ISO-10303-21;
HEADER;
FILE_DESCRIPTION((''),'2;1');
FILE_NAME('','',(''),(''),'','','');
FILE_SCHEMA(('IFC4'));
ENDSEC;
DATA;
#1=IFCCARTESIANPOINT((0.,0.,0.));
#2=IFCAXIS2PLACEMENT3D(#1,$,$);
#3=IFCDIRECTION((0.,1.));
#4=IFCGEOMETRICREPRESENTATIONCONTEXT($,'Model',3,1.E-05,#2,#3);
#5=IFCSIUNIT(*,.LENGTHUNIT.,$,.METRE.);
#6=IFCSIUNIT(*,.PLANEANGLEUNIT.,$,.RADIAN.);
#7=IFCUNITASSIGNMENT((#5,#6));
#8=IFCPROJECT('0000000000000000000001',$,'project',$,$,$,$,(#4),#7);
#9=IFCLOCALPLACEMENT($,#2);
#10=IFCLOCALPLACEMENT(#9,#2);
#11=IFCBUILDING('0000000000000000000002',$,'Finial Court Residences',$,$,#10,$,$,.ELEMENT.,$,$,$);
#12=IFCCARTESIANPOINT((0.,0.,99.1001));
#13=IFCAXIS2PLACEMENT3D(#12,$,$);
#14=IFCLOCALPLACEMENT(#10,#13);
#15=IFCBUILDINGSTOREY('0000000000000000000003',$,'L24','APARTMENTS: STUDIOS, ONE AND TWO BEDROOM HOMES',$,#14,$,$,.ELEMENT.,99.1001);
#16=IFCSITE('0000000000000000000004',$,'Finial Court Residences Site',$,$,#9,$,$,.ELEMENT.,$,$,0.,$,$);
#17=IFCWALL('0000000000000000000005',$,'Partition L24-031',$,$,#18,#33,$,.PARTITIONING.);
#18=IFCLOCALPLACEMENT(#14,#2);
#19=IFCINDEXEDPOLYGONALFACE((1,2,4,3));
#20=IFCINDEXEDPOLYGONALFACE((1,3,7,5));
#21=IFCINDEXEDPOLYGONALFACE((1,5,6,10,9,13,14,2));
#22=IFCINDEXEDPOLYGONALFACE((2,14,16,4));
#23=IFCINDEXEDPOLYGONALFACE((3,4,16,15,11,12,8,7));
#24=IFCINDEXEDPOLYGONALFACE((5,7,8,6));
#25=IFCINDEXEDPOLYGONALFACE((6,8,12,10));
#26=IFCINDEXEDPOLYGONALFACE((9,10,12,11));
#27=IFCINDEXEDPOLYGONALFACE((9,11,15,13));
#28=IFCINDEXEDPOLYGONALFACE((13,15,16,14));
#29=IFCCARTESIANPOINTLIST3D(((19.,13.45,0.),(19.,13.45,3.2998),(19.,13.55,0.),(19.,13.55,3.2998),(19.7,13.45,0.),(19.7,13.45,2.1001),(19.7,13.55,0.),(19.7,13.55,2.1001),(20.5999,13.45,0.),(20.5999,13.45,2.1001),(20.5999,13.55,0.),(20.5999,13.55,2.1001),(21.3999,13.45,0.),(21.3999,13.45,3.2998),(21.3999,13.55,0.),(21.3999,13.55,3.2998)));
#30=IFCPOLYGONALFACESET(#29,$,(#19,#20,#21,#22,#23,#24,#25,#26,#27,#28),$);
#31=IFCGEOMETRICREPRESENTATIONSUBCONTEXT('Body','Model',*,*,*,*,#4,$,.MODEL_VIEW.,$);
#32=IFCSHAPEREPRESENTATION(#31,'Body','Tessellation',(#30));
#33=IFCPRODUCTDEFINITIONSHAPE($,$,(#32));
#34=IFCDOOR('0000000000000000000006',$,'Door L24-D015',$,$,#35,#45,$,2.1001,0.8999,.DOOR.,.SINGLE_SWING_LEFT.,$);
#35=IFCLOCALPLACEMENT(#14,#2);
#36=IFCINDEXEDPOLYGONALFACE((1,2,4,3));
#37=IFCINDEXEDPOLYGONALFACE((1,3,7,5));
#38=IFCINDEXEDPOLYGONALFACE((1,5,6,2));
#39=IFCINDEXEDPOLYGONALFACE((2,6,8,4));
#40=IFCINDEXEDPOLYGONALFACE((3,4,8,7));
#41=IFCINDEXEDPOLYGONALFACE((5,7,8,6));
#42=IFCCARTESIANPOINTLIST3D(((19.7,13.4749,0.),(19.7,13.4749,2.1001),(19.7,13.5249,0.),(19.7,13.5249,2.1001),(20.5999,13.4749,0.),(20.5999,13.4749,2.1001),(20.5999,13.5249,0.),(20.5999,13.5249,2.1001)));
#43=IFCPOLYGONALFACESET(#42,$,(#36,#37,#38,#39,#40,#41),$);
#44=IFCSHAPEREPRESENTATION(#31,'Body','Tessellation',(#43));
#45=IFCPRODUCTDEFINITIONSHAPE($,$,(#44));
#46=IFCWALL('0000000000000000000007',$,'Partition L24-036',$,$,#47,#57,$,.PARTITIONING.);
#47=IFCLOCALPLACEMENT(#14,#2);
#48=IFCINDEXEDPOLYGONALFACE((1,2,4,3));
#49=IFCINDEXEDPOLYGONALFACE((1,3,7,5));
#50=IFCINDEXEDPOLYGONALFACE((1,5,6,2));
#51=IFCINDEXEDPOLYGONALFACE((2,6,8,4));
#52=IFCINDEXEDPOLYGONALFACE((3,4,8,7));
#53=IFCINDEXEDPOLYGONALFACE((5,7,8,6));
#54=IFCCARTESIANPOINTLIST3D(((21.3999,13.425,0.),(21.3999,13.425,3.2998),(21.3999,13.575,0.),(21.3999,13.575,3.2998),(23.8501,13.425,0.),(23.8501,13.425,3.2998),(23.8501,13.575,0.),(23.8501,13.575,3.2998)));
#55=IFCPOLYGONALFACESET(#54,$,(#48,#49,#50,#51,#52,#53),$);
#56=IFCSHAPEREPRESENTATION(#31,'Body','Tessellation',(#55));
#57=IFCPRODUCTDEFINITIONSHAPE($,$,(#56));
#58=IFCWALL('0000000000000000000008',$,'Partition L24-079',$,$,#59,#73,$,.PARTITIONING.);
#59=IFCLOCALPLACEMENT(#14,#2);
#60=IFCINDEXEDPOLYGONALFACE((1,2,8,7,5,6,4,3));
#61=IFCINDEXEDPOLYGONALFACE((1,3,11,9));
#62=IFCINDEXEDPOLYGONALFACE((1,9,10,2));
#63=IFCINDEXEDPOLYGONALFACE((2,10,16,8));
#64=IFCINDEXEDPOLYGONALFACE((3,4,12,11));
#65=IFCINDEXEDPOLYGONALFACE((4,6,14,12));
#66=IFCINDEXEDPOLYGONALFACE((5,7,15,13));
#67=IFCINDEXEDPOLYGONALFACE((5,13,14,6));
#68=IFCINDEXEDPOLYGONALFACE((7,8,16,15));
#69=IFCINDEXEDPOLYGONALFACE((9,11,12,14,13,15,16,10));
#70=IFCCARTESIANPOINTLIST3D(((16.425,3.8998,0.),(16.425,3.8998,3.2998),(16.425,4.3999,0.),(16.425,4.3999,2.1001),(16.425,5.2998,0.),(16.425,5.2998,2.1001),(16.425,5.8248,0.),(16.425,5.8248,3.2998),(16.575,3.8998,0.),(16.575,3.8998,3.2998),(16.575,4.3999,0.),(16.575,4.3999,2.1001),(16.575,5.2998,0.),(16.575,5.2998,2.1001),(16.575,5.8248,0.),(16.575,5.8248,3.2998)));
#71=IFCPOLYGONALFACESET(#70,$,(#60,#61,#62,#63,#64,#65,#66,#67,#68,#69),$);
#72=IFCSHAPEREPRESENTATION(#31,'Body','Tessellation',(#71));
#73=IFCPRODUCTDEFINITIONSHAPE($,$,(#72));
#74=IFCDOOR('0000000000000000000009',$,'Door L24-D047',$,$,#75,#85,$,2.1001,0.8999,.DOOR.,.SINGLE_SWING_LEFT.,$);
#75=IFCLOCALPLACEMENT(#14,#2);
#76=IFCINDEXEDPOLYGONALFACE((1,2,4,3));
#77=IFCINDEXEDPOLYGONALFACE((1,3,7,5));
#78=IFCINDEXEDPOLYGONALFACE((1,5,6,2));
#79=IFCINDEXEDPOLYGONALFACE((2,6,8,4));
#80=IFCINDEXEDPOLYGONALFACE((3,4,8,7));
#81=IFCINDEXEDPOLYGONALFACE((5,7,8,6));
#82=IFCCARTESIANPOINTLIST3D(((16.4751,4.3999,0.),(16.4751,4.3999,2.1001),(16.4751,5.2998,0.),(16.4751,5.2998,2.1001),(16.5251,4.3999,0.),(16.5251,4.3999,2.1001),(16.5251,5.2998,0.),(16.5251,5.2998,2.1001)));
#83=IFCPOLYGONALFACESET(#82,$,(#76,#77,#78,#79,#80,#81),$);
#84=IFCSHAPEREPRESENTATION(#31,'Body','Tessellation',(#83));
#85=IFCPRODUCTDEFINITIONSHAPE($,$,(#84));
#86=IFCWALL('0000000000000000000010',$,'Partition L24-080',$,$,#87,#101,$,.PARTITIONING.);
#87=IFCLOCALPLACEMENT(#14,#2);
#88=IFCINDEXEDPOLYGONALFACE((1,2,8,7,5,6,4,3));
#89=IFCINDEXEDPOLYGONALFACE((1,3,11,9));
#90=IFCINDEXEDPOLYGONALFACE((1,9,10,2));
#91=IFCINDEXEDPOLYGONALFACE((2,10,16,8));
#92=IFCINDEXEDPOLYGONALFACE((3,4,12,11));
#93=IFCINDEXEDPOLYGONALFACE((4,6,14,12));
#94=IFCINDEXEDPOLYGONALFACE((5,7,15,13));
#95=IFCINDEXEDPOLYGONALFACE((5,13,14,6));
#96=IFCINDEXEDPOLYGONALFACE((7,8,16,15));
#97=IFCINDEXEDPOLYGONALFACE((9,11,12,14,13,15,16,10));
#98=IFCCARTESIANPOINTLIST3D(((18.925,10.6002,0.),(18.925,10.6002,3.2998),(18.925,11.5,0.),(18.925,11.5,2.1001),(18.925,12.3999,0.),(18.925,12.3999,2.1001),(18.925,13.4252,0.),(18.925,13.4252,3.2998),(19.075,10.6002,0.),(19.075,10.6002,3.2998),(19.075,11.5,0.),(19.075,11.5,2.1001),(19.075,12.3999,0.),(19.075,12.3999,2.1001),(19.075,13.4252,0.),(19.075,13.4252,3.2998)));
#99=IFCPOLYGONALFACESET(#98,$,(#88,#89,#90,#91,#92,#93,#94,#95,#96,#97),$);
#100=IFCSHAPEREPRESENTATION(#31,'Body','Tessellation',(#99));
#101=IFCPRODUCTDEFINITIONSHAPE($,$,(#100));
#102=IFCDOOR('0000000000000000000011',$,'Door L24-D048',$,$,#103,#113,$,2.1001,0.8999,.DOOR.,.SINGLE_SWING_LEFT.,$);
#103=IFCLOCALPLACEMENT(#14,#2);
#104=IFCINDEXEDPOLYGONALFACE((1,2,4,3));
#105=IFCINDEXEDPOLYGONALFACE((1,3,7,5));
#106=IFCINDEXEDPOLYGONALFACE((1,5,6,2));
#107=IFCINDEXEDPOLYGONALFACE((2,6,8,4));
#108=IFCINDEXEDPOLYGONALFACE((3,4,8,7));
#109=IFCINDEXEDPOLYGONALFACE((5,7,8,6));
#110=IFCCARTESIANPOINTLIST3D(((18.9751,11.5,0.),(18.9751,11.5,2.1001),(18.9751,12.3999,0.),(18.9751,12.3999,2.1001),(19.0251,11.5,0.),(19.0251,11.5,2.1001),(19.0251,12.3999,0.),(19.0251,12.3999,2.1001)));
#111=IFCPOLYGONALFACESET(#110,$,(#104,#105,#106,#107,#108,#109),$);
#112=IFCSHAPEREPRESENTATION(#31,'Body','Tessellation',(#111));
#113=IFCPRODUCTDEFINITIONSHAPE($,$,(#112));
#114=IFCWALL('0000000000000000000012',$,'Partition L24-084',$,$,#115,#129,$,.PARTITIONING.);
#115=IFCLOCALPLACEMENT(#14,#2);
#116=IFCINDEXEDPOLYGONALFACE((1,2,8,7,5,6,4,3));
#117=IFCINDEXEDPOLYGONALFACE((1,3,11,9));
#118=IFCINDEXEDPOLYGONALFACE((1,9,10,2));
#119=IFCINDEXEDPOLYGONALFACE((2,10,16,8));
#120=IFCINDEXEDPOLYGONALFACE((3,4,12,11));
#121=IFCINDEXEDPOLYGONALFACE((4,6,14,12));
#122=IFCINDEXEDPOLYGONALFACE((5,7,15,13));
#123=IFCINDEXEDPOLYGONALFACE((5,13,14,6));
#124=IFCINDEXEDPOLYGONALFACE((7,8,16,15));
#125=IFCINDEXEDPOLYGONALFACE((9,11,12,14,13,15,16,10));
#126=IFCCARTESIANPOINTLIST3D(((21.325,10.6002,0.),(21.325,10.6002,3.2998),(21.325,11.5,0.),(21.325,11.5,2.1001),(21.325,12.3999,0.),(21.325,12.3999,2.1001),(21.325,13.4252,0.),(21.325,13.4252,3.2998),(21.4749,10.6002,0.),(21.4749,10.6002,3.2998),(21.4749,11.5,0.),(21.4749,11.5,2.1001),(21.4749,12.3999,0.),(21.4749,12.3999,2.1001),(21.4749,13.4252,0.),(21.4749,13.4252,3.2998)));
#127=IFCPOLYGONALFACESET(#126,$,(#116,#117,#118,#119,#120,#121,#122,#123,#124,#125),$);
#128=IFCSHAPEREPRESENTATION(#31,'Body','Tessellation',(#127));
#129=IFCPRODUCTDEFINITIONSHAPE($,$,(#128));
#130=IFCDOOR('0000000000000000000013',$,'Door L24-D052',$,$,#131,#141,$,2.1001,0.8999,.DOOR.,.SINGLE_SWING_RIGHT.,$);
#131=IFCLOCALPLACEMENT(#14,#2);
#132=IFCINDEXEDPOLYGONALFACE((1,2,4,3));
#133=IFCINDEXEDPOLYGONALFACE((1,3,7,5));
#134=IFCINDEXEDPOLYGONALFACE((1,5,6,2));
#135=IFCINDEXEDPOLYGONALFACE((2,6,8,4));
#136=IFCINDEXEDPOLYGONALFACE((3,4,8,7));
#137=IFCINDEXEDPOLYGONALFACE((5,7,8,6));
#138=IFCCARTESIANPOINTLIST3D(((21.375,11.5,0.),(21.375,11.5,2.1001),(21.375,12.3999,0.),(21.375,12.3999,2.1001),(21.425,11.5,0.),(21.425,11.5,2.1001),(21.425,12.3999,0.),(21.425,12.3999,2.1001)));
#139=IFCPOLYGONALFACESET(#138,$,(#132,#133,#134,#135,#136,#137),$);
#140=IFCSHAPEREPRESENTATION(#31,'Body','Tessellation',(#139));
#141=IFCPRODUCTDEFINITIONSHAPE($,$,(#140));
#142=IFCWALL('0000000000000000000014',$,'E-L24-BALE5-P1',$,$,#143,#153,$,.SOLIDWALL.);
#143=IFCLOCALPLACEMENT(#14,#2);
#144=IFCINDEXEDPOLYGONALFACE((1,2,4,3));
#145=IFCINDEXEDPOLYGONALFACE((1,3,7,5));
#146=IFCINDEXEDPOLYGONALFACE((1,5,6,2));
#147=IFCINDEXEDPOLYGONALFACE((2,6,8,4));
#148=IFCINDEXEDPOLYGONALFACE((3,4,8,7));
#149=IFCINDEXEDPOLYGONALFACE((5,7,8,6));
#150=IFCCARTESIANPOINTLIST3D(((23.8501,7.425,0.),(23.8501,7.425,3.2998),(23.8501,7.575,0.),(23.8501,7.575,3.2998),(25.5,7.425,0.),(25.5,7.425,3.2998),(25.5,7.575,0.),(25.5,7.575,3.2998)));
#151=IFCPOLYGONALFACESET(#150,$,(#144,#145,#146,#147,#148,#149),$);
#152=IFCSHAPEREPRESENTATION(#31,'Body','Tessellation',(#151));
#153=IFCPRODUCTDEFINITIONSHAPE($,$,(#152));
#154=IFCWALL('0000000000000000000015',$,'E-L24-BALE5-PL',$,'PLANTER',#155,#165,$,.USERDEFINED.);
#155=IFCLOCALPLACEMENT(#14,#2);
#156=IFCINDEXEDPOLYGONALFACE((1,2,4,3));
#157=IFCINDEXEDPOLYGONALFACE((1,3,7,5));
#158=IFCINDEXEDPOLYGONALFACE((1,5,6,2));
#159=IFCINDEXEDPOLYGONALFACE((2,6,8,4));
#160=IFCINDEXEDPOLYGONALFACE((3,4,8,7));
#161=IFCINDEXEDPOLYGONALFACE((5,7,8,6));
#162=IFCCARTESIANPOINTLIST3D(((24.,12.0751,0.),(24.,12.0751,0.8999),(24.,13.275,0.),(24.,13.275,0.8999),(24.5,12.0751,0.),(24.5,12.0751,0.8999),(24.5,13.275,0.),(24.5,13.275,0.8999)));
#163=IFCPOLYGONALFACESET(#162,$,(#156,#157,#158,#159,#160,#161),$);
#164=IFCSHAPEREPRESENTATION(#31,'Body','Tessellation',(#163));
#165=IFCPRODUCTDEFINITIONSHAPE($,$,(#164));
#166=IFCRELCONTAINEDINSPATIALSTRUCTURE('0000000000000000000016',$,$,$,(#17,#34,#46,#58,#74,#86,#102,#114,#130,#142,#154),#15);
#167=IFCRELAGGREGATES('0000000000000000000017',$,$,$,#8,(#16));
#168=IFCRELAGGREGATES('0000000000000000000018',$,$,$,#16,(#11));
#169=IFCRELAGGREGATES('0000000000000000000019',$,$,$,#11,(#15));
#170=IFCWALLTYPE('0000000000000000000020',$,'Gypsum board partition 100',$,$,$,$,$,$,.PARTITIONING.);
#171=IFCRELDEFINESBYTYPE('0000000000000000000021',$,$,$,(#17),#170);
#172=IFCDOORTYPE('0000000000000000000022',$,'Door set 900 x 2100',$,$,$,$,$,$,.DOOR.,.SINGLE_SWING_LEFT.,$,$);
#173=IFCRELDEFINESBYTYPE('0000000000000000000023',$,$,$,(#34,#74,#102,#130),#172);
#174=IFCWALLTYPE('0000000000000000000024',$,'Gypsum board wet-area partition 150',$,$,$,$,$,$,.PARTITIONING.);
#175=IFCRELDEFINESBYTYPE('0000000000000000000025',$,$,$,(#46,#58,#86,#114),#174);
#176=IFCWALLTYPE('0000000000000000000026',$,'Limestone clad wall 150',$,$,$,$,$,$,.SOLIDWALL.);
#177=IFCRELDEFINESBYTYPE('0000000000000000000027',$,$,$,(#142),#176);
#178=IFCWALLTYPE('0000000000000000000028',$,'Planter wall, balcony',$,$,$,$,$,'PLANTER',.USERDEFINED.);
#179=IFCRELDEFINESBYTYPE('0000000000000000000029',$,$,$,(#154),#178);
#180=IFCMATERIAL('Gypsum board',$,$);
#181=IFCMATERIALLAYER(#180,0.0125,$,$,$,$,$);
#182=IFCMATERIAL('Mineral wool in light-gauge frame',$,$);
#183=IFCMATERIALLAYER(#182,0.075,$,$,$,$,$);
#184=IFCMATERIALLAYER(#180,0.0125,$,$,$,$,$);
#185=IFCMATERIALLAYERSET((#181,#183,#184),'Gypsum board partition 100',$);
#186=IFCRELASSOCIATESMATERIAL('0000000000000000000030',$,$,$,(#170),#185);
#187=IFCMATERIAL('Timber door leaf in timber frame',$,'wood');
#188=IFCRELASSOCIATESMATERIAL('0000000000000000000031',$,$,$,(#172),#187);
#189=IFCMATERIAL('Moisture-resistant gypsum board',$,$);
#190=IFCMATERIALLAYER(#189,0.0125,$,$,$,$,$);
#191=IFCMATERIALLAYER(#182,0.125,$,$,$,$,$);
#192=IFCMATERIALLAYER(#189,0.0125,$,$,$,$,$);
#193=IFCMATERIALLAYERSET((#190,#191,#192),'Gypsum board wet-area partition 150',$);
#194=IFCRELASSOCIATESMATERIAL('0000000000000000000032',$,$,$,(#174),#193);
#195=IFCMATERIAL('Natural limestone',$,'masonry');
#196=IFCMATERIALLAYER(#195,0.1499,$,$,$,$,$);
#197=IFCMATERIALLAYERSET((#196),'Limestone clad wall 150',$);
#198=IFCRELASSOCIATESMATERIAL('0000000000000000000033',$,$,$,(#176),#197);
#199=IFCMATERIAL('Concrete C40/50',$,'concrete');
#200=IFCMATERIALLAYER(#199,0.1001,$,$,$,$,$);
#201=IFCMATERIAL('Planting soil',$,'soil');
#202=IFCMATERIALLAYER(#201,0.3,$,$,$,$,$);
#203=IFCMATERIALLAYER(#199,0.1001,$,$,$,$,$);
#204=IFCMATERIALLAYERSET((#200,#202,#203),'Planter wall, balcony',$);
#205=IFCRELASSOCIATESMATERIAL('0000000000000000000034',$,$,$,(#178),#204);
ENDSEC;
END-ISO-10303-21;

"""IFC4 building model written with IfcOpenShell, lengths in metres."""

from ifc_helpers import new_model, si_unit, direction, frame, frame_2d, origin, place, context, subcontext, project, spatial, rectangle, extrude, material, layer, layer_set, type_object, element, fill, save


model = new_model("IFC4")

# Units and contexts
model_context = context("Model", 3, precision=1e-05, world=origin(), true_north=direction((0.0, 1.0)))
body_context = subcontext(model_context, "Body", "Model", "MODEL_VIEW")
ifc_project = project(units=[si_unit("LENGTHUNIT", "METRE"), si_unit("PLANEANGLEUNIT", "RADIAN")], contexts=[model_context])

# Site, building, storey
site_placement = place(None, origin())
site = spatial("IfcSite", under=ifc_project, at=site_placement, Name="Finial Court Residences Site", CompositionType="ELEMENT", RefElevation=0.0)
building_placement = place(site_placement, origin())
building = spatial("IfcBuilding", under=site, at=building_placement, Name="Finial Court Residences", CompositionType="ELEMENT")
storey_placement = place(building_placement, frame((0.0, 0.0, 99.1001)))
storey = spatial("IfcBuildingStorey", under=building, at=storey_placement, Name="L24", Description="APARTMENTS: STUDIOS, ONE AND TWO BEDROOM HOMES", CompositionType="ELEMENT", Elevation=99.1001)

# Shared definitions
ifc_material_1 = material(Name="Gypsum board")

# Wall, opening, door
ifc_layer_1 = layer(ifc_material_1, 0.0125)
ifc_material_2 = material(Name="Mineral wool in light-gauge frame")
ifc_layer_2 = layer(ifc_material_2, 0.075)
ifc_layer_3 = layer(ifc_material_1, 0.0125)
ifc_layer_set_1 = layer_set([ifc_layer_1, ifc_layer_2, ifc_layer_3], Name="Gypsum board partition 100")
wall_type_1 = type_object("IfcWallType", Name="Gypsum board partition 100", PredefinedType="PARTITIONING", material=ifc_layer_set_1)
wall_1_placement = place(storey_placement, frame((19.0, 13.5, 0.0), z_axis=(0.0, 0.0, 1.0), x_axis=(1.0, 0.0, 0.0)))
wall_1 = element("IfcWall", 1, at=wall_1_placement, inside=storey, type_object=wall_type_1, Name="Partition L24-031", PredefinedType="PARTITIONING", context=body_context, shape_type="SweptSolid", body=[
    extrude(rectangle(XDim=2.3999, YDim=0.1001, at=frame_2d((1.2, 0.0))), origin(), (0.0, 0.0, 1.0), 3.2998),
])
opening_1_placement = place(wall_1_placement, frame((0.7, 0.0, 0.0)))
opening_1 = element("IfcOpeningElement", 2, at=opening_1_placement, cuts=wall_1, PredefinedType="OPENING", context=body_context, shape_type="SweptSolid", body=[
    extrude(rectangle(XDim=0.8999, YDim=2.1001, at=frame_2d((0.45, 1.05))), frame((0.0, 0.0601, 0.0), z_axis=(0.0, -1.0, 0.0), x_axis=(1.0, 0.0, 0.0)), (0.0, 0.0, 1.0), 0.1201),
])
ifc_material_3 = material(Name="Timber door leaf in timber frame", Category="wood")
door_type_1 = type_object("IfcDoorType", Name="Door set 900 x 2100", OperationType="SINGLE_SWING_LEFT", PredefinedType="DOOR", material=ifc_material_3)
door_1_placement = place(opening_1_placement, origin())
door_1 = element("IfcDoor", 3, at=door_1_placement, inside=storey, type_object=door_type_1, Name="Door L24-D015", OperationType="SINGLE_SWING_LEFT", OverallHeight=2.1001, OverallWidth=0.8999, PredefinedType="DOOR", context=body_context, shape_type="SweptSolid", body=[
    extrude(rectangle(XDim=0.8999, YDim=2.1001, at=frame_2d((0.45, 1.05))), frame((0.0, 0.0249, 0.0), z_axis=(0.0, -1.0, 0.0), x_axis=(1.0, 0.0, 0.0)), (0.0, 0.0, 1.0), 0.05),
])
fill(opening_1, door_1)

# Wall
ifc_material_4 = material(Name="Moisture-resistant gypsum board")
ifc_layer_4 = layer(ifc_material_4, 0.0125)
ifc_layer_5 = layer(ifc_material_2, 0.125)
ifc_layer_6 = layer(ifc_material_4, 0.0125)
ifc_layer_set_2 = layer_set([ifc_layer_4, ifc_layer_5, ifc_layer_6], Name="Gypsum board wet-area partition 150")
wall_type_2 = type_object("IfcWallType", Name="Gypsum board wet-area partition 150", PredefinedType="PARTITIONING", material=ifc_layer_set_2)
wall_2_placement = place(storey_placement, frame((21.3999, 13.5, 0.0), z_axis=(0.0, 0.0, 1.0), x_axis=(1.0, 0.0, 0.0)))
element("IfcWall", 4, at=wall_2_placement, inside=storey, type_object=wall_type_2, Name="Partition L24-036", PredefinedType="PARTITIONING", context=body_context, shape_type="SweptSolid", body=[
    extrude(rectangle(XDim=2.4502, YDim=0.1499, at=frame_2d((1.2251, 0.0))), origin(), (0.0, 0.0, 1.0), 3.2998),
])

# Walls, openings, doors
wall_3_placement = place(storey_placement, frame((16.5, 3.8999, 0.0), z_axis=(0.0, 0.0, 1.0), x_axis=(0.0, 1.0, 0.0)))
wall_3 = element("IfcWall", 5, at=wall_3_placement, inside=storey, type_object=wall_type_2, Name="Partition L24-079", PredefinedType="PARTITIONING", context=body_context, shape_type="SweptSolid", body=[
    extrude(rectangle(XDim=1.925, YDim=0.1499, at=frame_2d((0.9624, 0.0))), origin(), (0.0, 0.0, 1.0), 3.2998),
])
opening_2_placement = place(wall_3_placement, frame((0.5, 0.0, 0.0)))
opening_2 = element("IfcOpeningElement", 6, at=opening_2_placement, cuts=wall_3, PredefinedType="OPENING", context=body_context, shape_type="SweptSolid", body=[
    extrude(rectangle(XDim=0.8999, YDim=2.1001, at=frame_2d((0.45, 1.05))), frame((0.0, 0.085, 0.0), z_axis=(0.0, -1.0, 0.0), x_axis=(1.0, 0.0, 0.0)), (0.0, 0.0, 1.0), 0.1699),
])
door_2_placement = place(opening_2_placement, origin())
door_2 = element("IfcDoor", 7, at=door_2_placement, inside=storey, type_object=door_type_1, Name="Door L24-D047", OperationType="SINGLE_SWING_LEFT", OverallHeight=2.1001, OverallWidth=0.8999, PredefinedType="DOOR", context=body_context, shape_type="SweptSolid", body=[
    extrude(rectangle(XDim=0.8999, YDim=2.1001, at=frame_2d((0.45, 1.05))), frame((0.0, 0.0249, 0.0), z_axis=(0.0, -1.0, 0.0), x_axis=(1.0, 0.0, 0.0)), (0.0, 0.0, 1.0), 0.05),
])
fill(opening_2, door_2)
wall_4_placement = place(storey_placement, frame((19.0, 10.6001, 0.0), z_axis=(0.0, 0.0, 1.0), x_axis=(0.0, 1.0, 0.0)))
wall_4 = element("IfcWall", 8, at=wall_4_placement, inside=storey, type_object=wall_type_2, Name="Partition L24-080", PredefinedType="PARTITIONING", context=body_context, shape_type="SweptSolid", body=[
    extrude(rectangle(XDim=2.825, YDim=0.1499, at=frame_2d((1.4126, 0.0))), origin(), (0.0, 0.0, 1.0), 3.2998),
])
opening_3_placement = place(wall_4_placement, frame((0.8999, 0.0, 0.0)))
opening_3 = element("IfcOpeningElement", 9, at=opening_3_placement, cuts=wall_4, PredefinedType="OPENING", context=body_context, shape_type="SweptSolid", body=[
    extrude(rectangle(XDim=0.8999, YDim=2.1001, at=frame_2d((0.45, 1.05))), frame((0.0, 0.085, 0.0), z_axis=(0.0, -1.0, 0.0), x_axis=(1.0, 0.0, 0.0)), (0.0, 0.0, 1.0), 0.1699),
])
door_3_placement = place(opening_3_placement, origin())
door_3 = element("IfcDoor", 10, at=door_3_placement, inside=storey, type_object=door_type_1, Name="Door L24-D048", OperationType="SINGLE_SWING_LEFT", OverallHeight=2.1001, OverallWidth=0.8999, PredefinedType="DOOR", context=body_context, shape_type="SweptSolid", body=[
    extrude(rectangle(XDim=0.8999, YDim=2.1001, at=frame_2d((0.45, 1.05))), frame((0.0, 0.0249, 0.0), z_axis=(0.0, -1.0, 0.0), x_axis=(1.0, 0.0, 0.0)), (0.0, 0.0, 1.0), 0.05),
])
fill(opening_3, door_3)
wall_5_placement = place(storey_placement, frame((21.3999, 10.6001, 0.0), z_axis=(0.0, 0.0, 1.0), x_axis=(0.0, 1.0, 0.0)))
wall_5 = element("IfcWall", 11, at=wall_5_placement, inside=storey, type_object=wall_type_2, Name="Partition L24-084", PredefinedType="PARTITIONING", context=body_context, shape_type="SweptSolid", body=[
    extrude(rectangle(XDim=2.825, YDim=0.1499, at=frame_2d((1.4126, 0.0))), origin(), (0.0, 0.0, 1.0), 3.2998),
])
opening_4_placement = place(wall_5_placement, frame((0.8999, 0.0, 0.0)))
opening_4 = element("IfcOpeningElement", 12, at=opening_4_placement, cuts=wall_5, PredefinedType="OPENING", context=body_context, shape_type="SweptSolid", body=[
    extrude(rectangle(XDim=0.8999, YDim=2.1001, at=frame_2d((0.45, 1.05))), frame((0.0, 0.085, 0.0), z_axis=(0.0, -1.0, 0.0), x_axis=(1.0, 0.0, 0.0)), (0.0, 0.0, 1.0), 0.1699),
])
door_4_placement = place(opening_4_placement, origin())
door_4 = element("IfcDoor", 13, at=door_4_placement, inside=storey, type_object=door_type_1, Name="Door L24-D052", OperationType="SINGLE_SWING_RIGHT", OverallHeight=2.1001, OverallWidth=0.8999, PredefinedType="DOOR", context=body_context, shape_type="SweptSolid", body=[
    extrude(rectangle(XDim=0.8999, YDim=2.1001, at=frame_2d((0.45, 1.05))), frame((0.0, 0.0249, 0.0), z_axis=(0.0, -1.0, 0.0), x_axis=(1.0, 0.0, 0.0)), (0.0, 0.0, 1.0), 0.05),
])
fill(opening_4, door_4)

# Wall
ifc_material_5 = material(Name="Natural limestone", Category="masonry")
ifc_layer_7 = layer(ifc_material_5, 0.1499)
ifc_layer_set_3 = layer_set([ifc_layer_7], Name="Limestone clad wall 150")
wall_type_3 = type_object("IfcWallType", Name="Limestone clad wall 150", PredefinedType="SOLIDWALL", material=ifc_layer_set_3)
wall_6_placement = place(storey_placement, frame((23.8501, 7.5, 0.0), z_axis=(0.0, 0.0, 1.0), x_axis=(1.0, 0.0, 0.0)))
element("IfcWall", 14, at=wall_6_placement, inside=storey, type_object=wall_type_3, Name="E-L24-BALE5-P1", PredefinedType="SOLIDWALL", context=body_context, shape_type="SweptSolid", body=[
    extrude(rectangle(XDim=1.6499, YDim=0.1499, at=frame_2d((0.825, 0.0))), origin(), (0.0, 0.0, 1.0), 3.2998),
])

# Wall
ifc_material_6 = material(Name="Concrete C40/50", Category="concrete")
ifc_layer_8 = layer(ifc_material_6, 0.1001)
ifc_material_7 = material(Name="Planting soil", Category="soil")
ifc_layer_9 = layer(ifc_material_7, 0.3)
ifc_layer_10 = layer(ifc_material_6, 0.1001)
ifc_layer_set_4 = layer_set([ifc_layer_8, ifc_layer_9, ifc_layer_10], Name="Planter wall, balcony")
wall_type_4 = type_object("IfcWallType", Name="Planter wall, balcony", ElementType="PLANTER", PredefinedType="USERDEFINED", material=ifc_layer_set_4)
wall_7_placement = place(storey_placement, frame((24.25, 12.075, 0.0), z_axis=(0.0, 0.0, 1.0), x_axis=(0.0, 1.0, 0.0)))
element("IfcWall", 15, at=wall_7_placement, inside=storey, type_object=wall_type_4, Name="E-L24-BALE5-PL", ObjectType="PLANTER", PredefinedType="USERDEFINED", context=body_context, shape_type="SweptSolid", body=[
    extrude(rectangle(XDim=1.2, YDim=0.5, at=frame_2d((0.6001, 0.0))), origin(), (0.0, 0.0, 1.0), 0.8999),
])

save(model, "model.ifc")
